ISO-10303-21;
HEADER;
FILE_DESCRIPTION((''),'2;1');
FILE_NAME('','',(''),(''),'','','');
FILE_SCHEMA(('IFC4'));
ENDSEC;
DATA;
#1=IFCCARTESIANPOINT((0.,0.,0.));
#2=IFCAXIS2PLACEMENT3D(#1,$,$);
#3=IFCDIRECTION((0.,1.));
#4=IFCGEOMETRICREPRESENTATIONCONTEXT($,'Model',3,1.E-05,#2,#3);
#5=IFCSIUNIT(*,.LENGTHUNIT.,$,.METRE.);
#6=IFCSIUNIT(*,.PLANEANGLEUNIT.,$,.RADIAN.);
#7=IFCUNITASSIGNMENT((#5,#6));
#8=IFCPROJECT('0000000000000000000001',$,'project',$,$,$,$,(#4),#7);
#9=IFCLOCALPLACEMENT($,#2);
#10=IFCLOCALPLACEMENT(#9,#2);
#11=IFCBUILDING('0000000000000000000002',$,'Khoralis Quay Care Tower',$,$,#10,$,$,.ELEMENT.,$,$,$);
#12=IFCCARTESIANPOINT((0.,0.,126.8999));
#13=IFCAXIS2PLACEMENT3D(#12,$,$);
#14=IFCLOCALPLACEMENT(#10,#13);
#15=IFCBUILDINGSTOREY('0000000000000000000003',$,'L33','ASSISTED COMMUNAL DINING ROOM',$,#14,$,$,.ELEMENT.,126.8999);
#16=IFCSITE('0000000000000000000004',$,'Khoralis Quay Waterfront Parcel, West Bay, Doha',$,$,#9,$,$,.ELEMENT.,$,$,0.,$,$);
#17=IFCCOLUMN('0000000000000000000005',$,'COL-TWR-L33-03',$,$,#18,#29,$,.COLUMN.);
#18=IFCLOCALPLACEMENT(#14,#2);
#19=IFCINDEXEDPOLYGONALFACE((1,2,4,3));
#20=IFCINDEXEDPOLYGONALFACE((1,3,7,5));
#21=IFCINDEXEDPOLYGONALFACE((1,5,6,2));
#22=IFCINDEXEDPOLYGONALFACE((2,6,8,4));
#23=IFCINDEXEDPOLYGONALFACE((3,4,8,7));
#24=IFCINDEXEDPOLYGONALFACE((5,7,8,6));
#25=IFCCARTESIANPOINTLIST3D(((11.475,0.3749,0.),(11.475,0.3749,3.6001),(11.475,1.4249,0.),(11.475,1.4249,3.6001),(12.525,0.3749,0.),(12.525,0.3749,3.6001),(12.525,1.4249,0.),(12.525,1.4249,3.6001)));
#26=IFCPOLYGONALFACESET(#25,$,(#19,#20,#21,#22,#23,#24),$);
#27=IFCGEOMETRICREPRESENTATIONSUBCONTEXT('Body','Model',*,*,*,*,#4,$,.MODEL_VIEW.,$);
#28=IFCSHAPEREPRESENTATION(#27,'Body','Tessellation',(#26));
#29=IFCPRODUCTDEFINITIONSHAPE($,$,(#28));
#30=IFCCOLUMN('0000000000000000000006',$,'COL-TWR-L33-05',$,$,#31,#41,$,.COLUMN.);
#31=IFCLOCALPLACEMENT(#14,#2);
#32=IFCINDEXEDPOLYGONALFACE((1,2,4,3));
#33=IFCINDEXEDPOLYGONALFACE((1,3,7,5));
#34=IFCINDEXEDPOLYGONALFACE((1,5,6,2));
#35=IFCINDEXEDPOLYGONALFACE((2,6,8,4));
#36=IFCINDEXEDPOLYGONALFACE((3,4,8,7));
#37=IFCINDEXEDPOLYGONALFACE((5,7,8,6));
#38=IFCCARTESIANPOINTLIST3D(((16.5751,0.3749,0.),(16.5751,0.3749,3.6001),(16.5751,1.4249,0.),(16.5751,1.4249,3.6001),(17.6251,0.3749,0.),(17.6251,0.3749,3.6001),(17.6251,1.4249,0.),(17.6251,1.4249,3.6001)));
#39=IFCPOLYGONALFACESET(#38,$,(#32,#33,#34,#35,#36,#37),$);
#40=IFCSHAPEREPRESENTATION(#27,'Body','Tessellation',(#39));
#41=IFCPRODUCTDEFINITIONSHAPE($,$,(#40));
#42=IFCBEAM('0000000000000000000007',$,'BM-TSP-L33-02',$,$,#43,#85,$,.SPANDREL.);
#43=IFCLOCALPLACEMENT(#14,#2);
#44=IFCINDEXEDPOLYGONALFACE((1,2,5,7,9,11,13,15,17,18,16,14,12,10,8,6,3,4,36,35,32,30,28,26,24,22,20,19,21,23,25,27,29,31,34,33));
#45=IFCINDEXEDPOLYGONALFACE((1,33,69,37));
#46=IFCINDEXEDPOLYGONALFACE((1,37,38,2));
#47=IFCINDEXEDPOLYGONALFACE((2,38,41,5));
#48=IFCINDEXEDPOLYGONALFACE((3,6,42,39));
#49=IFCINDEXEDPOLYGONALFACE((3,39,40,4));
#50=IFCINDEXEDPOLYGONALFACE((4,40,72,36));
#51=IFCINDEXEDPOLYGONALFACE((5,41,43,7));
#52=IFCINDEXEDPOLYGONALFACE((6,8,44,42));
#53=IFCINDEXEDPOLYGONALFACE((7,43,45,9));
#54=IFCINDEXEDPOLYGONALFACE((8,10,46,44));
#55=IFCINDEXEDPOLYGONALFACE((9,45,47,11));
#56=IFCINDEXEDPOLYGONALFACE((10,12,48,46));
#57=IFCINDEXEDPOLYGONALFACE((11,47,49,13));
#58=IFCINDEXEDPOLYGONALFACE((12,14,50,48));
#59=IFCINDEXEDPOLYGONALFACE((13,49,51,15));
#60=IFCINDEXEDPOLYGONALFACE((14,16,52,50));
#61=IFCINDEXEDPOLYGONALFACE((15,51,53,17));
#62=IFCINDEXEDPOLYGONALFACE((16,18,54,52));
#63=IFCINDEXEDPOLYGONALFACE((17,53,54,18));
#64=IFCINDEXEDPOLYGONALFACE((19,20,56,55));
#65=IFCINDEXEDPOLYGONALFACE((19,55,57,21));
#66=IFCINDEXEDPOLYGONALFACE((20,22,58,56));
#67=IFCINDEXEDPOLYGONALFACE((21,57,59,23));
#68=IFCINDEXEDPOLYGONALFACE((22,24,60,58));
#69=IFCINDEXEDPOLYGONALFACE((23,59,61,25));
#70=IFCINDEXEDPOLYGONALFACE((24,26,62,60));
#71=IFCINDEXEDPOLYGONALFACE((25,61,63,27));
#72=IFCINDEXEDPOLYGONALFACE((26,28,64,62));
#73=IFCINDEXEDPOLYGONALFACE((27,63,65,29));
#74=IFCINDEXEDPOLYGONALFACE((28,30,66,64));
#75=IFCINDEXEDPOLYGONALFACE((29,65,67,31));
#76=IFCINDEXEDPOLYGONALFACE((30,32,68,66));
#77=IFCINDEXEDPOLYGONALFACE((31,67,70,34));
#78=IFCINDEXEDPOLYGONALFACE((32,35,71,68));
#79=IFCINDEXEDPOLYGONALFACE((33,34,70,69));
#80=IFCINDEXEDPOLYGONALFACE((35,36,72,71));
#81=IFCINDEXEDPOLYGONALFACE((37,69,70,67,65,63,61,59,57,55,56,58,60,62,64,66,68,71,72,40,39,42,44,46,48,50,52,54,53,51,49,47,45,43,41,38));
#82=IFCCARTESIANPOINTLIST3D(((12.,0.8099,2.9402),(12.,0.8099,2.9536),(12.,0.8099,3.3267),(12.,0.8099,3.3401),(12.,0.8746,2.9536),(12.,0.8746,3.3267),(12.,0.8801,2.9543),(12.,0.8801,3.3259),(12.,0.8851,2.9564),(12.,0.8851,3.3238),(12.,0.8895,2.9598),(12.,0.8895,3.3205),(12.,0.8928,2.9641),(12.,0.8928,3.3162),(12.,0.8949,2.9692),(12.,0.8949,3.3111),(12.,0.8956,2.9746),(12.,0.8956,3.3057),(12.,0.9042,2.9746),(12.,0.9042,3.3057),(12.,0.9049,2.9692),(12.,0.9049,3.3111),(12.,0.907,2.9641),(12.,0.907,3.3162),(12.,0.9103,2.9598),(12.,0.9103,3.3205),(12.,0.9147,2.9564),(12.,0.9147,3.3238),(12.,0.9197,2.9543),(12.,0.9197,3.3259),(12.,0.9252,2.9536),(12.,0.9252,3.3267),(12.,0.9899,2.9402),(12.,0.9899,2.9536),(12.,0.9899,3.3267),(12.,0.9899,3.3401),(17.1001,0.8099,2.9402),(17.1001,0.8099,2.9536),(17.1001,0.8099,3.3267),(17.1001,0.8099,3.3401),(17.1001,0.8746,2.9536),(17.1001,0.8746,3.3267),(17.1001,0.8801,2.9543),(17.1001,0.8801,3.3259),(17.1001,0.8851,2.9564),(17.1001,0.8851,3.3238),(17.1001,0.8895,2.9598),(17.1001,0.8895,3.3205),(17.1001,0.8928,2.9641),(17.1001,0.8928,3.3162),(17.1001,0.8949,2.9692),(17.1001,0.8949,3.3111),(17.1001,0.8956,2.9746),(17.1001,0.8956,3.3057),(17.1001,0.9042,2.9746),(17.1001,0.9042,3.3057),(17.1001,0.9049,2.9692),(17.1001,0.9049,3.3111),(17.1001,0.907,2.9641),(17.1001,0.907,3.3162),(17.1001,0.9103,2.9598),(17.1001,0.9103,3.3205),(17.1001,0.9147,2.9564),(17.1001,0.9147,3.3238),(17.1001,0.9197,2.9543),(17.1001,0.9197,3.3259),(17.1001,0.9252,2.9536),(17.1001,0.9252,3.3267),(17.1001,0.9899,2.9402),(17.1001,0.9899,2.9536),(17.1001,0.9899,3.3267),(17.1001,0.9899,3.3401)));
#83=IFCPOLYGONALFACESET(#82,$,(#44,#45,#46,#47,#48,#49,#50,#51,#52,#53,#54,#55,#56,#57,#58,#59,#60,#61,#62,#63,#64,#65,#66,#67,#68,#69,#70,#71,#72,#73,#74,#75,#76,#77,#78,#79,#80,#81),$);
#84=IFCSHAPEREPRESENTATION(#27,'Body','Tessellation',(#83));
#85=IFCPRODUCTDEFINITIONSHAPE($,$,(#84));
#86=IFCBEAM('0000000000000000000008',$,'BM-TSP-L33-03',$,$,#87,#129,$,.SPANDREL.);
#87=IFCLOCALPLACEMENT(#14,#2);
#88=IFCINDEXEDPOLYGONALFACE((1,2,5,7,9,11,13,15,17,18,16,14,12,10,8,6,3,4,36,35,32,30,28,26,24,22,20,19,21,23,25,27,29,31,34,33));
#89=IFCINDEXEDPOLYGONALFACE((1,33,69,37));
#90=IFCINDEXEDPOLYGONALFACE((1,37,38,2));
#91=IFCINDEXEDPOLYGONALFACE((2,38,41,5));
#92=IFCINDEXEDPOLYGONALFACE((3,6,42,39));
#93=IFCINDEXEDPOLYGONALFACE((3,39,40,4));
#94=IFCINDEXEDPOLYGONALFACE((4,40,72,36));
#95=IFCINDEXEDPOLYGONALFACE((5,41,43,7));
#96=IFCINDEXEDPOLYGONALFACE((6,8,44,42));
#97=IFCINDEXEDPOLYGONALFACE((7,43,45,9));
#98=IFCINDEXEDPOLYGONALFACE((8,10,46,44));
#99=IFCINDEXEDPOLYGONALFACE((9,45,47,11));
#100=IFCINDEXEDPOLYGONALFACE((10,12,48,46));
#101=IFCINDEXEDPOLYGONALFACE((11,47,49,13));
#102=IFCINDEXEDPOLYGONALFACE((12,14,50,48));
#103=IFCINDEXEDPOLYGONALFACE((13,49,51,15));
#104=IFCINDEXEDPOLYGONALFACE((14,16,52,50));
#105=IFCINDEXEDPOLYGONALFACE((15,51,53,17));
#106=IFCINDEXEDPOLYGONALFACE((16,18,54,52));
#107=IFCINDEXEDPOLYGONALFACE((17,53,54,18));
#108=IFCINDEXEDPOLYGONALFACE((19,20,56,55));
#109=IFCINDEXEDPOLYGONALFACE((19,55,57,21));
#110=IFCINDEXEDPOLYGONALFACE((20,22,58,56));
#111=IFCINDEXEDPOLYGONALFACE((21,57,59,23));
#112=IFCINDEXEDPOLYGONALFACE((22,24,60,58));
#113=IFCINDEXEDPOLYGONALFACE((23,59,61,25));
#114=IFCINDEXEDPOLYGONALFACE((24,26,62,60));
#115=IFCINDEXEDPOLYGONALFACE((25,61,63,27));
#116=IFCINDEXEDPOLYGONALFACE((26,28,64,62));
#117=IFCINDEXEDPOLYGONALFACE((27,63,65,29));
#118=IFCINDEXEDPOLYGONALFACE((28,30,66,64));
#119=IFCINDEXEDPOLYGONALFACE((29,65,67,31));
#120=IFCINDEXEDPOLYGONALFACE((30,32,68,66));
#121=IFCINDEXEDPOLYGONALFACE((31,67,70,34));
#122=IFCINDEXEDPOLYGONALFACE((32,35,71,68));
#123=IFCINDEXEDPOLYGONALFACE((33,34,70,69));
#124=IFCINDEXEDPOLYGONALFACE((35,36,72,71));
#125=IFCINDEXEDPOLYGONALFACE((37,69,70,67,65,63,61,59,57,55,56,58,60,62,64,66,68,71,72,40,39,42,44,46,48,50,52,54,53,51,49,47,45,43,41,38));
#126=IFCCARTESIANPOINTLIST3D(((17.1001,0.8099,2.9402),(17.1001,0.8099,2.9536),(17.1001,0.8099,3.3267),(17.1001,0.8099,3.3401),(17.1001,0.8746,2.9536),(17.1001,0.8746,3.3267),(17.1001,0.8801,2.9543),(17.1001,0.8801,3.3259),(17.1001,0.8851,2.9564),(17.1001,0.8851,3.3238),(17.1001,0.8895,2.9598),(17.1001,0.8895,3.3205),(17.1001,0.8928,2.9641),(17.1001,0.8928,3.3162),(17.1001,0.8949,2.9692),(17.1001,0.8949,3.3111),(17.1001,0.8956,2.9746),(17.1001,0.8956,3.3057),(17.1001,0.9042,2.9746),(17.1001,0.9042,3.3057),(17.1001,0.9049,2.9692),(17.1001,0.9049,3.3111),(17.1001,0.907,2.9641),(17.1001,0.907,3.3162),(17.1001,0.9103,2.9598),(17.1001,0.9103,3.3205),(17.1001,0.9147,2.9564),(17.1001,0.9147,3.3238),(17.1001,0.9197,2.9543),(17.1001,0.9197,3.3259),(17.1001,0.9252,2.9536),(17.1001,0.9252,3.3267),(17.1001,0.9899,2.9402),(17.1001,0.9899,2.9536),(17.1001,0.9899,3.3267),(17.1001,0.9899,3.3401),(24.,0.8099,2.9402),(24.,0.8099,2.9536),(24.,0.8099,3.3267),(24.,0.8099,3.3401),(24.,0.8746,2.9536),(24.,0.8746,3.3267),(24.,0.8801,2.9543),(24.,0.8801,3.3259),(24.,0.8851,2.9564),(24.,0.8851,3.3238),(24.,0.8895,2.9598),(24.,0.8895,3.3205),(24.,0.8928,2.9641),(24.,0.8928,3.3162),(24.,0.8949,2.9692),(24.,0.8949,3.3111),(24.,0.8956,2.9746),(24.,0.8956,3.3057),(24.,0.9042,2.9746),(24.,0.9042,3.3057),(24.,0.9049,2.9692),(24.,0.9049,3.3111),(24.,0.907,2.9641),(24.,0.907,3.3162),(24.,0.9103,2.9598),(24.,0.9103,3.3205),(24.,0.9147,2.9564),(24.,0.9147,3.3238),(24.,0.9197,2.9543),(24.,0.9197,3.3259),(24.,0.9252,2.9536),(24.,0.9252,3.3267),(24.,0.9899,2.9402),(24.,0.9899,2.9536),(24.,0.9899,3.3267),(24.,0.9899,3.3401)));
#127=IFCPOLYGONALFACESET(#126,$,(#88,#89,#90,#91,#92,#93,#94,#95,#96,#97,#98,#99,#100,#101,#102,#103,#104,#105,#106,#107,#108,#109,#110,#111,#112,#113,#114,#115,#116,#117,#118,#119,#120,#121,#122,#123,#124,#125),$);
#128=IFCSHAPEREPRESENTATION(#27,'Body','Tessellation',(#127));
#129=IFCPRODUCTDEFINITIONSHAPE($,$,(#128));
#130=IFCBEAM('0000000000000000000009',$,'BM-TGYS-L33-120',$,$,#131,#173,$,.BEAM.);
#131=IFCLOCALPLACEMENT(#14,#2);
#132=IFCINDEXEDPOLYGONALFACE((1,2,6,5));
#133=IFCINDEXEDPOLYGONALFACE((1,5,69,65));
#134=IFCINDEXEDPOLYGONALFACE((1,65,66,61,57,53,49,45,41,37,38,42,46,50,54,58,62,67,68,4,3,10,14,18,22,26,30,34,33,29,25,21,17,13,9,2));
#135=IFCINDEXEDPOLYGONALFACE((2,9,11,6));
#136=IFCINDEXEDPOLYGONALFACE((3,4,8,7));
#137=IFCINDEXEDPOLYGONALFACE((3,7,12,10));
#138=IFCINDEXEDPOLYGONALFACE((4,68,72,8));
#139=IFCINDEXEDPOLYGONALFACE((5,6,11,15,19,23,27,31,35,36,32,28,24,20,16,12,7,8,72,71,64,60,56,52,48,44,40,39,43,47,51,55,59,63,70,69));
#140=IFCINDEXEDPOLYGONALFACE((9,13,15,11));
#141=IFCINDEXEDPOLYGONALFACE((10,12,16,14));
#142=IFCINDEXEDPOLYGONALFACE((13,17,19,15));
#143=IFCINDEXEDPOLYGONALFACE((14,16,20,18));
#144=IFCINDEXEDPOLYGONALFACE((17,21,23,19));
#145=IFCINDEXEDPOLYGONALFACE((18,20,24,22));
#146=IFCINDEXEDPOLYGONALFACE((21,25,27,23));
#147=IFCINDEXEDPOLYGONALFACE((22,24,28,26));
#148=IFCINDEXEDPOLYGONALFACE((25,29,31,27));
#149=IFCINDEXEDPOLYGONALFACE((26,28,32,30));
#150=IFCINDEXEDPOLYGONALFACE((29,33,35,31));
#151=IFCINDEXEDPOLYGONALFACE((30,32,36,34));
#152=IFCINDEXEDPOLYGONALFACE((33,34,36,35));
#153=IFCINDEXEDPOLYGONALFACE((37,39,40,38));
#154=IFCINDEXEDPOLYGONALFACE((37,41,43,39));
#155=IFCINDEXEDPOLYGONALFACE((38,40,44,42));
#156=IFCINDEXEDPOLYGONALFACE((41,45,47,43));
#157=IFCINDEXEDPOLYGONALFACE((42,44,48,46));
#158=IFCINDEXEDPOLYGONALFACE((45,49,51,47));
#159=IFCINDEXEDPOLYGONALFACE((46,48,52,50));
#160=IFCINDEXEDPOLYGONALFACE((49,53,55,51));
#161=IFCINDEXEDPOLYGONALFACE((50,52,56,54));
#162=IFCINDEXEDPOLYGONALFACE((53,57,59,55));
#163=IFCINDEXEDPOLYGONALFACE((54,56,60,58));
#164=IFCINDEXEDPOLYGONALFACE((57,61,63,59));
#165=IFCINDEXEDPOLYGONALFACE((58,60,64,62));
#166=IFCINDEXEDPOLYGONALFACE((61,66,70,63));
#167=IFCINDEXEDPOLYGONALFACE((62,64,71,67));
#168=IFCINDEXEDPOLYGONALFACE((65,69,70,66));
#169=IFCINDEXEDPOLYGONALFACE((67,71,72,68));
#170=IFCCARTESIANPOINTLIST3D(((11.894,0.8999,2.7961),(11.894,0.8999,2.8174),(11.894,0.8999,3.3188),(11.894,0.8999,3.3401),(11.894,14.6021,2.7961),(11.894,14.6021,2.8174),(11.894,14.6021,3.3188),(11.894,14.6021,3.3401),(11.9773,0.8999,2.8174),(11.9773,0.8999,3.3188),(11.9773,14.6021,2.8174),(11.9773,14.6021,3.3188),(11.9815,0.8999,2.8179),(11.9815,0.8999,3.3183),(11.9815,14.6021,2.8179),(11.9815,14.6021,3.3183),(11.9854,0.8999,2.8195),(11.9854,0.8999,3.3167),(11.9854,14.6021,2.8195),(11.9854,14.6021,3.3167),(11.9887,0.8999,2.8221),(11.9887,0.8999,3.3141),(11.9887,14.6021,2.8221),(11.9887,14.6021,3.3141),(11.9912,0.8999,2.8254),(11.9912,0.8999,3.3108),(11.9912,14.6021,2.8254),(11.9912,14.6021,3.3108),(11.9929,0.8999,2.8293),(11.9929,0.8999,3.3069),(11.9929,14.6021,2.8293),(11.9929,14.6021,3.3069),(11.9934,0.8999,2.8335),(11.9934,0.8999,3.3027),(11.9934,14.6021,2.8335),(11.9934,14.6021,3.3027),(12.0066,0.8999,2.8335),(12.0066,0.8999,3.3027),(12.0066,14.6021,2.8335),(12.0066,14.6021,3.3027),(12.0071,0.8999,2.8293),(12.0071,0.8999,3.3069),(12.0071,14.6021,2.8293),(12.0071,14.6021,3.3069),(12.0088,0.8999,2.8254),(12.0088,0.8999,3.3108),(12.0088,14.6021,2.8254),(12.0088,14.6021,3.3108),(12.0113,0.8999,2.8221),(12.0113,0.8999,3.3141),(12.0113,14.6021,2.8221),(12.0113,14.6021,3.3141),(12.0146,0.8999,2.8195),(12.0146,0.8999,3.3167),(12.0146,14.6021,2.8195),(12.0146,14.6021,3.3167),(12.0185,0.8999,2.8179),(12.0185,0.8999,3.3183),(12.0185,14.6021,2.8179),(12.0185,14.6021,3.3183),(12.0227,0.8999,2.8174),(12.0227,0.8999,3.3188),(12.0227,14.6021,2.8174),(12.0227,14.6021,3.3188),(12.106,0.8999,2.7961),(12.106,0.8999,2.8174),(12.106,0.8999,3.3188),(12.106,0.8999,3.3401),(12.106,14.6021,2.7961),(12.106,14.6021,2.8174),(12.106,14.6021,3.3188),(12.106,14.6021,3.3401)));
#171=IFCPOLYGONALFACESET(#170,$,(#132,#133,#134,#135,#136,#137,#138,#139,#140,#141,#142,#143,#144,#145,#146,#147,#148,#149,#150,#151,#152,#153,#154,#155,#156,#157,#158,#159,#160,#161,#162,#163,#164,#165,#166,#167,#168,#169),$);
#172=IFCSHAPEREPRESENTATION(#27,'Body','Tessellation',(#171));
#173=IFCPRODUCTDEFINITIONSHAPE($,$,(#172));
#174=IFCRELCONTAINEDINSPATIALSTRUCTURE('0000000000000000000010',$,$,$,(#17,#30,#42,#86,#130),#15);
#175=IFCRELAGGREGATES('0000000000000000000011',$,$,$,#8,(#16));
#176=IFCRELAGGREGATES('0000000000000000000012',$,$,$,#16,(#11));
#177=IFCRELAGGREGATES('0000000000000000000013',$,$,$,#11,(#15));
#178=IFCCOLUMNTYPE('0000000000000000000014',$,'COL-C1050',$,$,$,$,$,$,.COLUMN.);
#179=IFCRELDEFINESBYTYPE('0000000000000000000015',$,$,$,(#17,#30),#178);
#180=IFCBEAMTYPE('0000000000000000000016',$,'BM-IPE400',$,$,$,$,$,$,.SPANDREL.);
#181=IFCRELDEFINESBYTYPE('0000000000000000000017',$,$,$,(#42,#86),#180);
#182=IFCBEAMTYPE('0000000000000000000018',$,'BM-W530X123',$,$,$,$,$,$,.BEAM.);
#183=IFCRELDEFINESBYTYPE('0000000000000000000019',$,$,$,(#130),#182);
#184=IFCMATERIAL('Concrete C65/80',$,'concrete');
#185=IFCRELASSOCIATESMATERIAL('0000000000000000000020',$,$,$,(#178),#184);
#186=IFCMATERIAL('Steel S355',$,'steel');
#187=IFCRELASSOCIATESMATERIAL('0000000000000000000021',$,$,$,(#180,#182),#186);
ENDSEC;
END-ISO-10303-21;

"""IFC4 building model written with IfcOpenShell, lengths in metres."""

from ifc_helpers import new_model, si_unit, direction, frame, origin, origin_2d, place, context, subcontext, project, spatial, rectangle, i_section, extrude, source, transform, mapped, material, material_profile, profile_set, type_object, element, save


model = new_model("IFC4")

# Units and contexts
model_context = context("Model", 3, precision=1e-05, world=origin(), true_north=direction((0.0, 1.0)))
body_context = subcontext(model_context, "Body", "Model", "MODEL_VIEW")
ifc_project = project(units=[si_unit("LENGTHUNIT", "METRE"), si_unit("PLANEANGLEUNIT", "RADIAN")], contexts=[model_context])

# Site, building, storey
site_placement = place(None, origin())
site = spatial("IfcSite", under=ifc_project, at=site_placement, Name="Khoralis Quay Waterfront Parcel, West Bay, Doha", CompositionType="ELEMENT", RefElevation=0.0)
building_placement = place(site_placement, origin())
building = spatial("IfcBuilding", under=site, at=building_placement, Name="Khoralis Quay Care Tower", CompositionType="ELEMENT")
storey_placement = place(building_placement, frame((0.0, 0.0, 126.8999)))
storey = spatial("IfcBuildingStorey", under=building, at=storey_placement, Name="L33", Description="ASSISTED COMMUNAL DINING ROOM", CompositionType="ELEMENT", Elevation=126.8999)

# Columns
ifc_material_1 = material(Name="Concrete C65/80", Category="concrete")
ifc_material_profile_1 = material_profile(ifc_material_1, rectangle(XDim=1.05, YDim=1.05, at=origin_2d()), Name="Concrete C65/80")
ifc_profile_set_1 = profile_set([ifc_material_profile_1], Name="Concrete C65/80")
column_type = type_object("IfcColumnType", Name="COL-C1050", PredefinedType="COLUMN", material=ifc_profile_set_1)
shared_shape_1 = source(origin(), body_context, "Body", "SweptSolid", [
    extrude(rectangle(XDim=1.05, YDim=1.05, at=origin_2d()), origin(), (0.0, 0.0, 1.0), 3.6001),
])
for number, where, z_axis, x_axis, name in (
    (1, (12.0, 0.8999, 0.0), (0.0, 0.0, 1.0), (1.0, 0.0, 0.0), "COL-TWR-L33-03"),
    (2, (17.1001, 0.8999, 0.0), (0.0, 0.0, 1.0), (1.0, 0.0, 0.0), "COL-TWR-L33-05"),
):
    element("IfcColumn", number, at=place(storey_placement, frame(where, z_axis=z_axis, x_axis=x_axis)), inside=storey, type_object=column_type, Name=name, PredefinedType="COLUMN", context=body_context, shape_type="MappedRepresentation", body=[
        mapped(shared_shape_1, transform((0.0, 0.0, 0.0), scale=1.0)),
    ])

# Beams
ifc_material_2 = material(Name="Steel S355", Category="steel")
ifc_material_profile_2 = material_profile(ifc_material_2, i_section(OverallWidth=0.1799, OverallDepth=0.3999, WebThickness=0.0085, FlangeThickness=0.0134, FilletRadius=0.021, at=origin_2d()), Name="Steel S355")
ifc_profile_set_2 = profile_set([ifc_material_profile_2], Name="Steel S355")
beam_type_1 = type_object("IfcBeamType", Name="BM-IPE400", PredefinedType="SPANDREL", material=ifc_profile_set_2)
shared_shape_2 = source(origin(), body_context, "Body", "SweptSolid", [
    extrude(i_section(OverallWidth=0.1799, OverallDepth=0.3999, WebThickness=0.0085, FlangeThickness=0.0134, FilletRadius=0.021, at=origin_2d()), origin(), (0.0, 0.0, 1.0), 5.1001),
])
beam_1_placement = place(storey_placement, frame((12.0, 0.8999, 3.1401), z_axis=(1.0, 0.0, 0.0), x_axis=(0.0, 1.0, 0.0)))
element("IfcBeam", 3, at=beam_1_placement, inside=storey, type_object=beam_type_1, Name="BM-TSP-L33-02", PredefinedType="SPANDREL", context=body_context, shape_type="MappedRepresentation", body=[
    mapped(shared_shape_2, transform((0.0, 0.0, 0.0), scale=1.0)),
])
shared_shape_3 = source(origin(), body_context, "Body", "SweptSolid", [
    extrude(i_section(OverallWidth=0.1799, OverallDepth=0.3999, WebThickness=0.0085, FlangeThickness=0.0134, FilletRadius=0.021, at=origin_2d()), origin(), (0.0, 0.0, 1.0), 6.8999),
])
beam_2_placement = place(storey_placement, frame((17.1001, 0.8999, 3.1401), z_axis=(1.0, 0.0, 0.0), x_axis=(0.0, 1.0, 0.0)))
element("IfcBeam", 4, at=beam_2_placement, inside=storey, type_object=beam_type_1, Name="BM-TSP-L33-03", PredefinedType="SPANDREL", context=body_context, shape_type="MappedRepresentation", body=[
    mapped(shared_shape_3, transform((0.0, 0.0, 0.0), scale=1.0)),
])
ifc_material_profile_3 = material_profile(ifc_material_2, i_section(OverallWidth=0.2119, OverallDepth=0.5439, WebThickness=0.0132, FlangeThickness=0.0212, FilletRadius=0.0161, at=origin_2d()), Name="Steel S355")
ifc_profile_set_3 = profile_set([ifc_material_profile_3], Name="Steel S355")
beam_type_2 = type_object("IfcBeamType", Name="BM-W530X123", PredefinedType="BEAM", material=ifc_profile_set_3)
shared_shape_4 = source(origin(), body_context, "Body", "SweptSolid", [
    extrude(i_section(OverallWidth=0.2119, OverallDepth=0.5439, WebThickness=0.0132, FlangeThickness=0.0212, FilletRadius=0.0161, at=origin_2d()), origin(), (0.0, 0.0, 1.0), 13.7021),
])
beam_3_placement = place(storey_placement, frame((12.0, 0.8999, 3.0681), z_axis=(0.0, 1.0, 0.0), x_axis=(-1.0, 0.0, 0.0)))
element("IfcBeam", 5, at=beam_3_placement, inside=storey, type_object=beam_type_2, Name="BM-TGYS-L33-120", PredefinedType="BEAM", context=body_context, shape_type="MappedRepresentation", body=[
    mapped(shared_shape_4, transform((0.0, 0.0, 0.0), scale=1.0)),
])

save(model, "model.ifc")
